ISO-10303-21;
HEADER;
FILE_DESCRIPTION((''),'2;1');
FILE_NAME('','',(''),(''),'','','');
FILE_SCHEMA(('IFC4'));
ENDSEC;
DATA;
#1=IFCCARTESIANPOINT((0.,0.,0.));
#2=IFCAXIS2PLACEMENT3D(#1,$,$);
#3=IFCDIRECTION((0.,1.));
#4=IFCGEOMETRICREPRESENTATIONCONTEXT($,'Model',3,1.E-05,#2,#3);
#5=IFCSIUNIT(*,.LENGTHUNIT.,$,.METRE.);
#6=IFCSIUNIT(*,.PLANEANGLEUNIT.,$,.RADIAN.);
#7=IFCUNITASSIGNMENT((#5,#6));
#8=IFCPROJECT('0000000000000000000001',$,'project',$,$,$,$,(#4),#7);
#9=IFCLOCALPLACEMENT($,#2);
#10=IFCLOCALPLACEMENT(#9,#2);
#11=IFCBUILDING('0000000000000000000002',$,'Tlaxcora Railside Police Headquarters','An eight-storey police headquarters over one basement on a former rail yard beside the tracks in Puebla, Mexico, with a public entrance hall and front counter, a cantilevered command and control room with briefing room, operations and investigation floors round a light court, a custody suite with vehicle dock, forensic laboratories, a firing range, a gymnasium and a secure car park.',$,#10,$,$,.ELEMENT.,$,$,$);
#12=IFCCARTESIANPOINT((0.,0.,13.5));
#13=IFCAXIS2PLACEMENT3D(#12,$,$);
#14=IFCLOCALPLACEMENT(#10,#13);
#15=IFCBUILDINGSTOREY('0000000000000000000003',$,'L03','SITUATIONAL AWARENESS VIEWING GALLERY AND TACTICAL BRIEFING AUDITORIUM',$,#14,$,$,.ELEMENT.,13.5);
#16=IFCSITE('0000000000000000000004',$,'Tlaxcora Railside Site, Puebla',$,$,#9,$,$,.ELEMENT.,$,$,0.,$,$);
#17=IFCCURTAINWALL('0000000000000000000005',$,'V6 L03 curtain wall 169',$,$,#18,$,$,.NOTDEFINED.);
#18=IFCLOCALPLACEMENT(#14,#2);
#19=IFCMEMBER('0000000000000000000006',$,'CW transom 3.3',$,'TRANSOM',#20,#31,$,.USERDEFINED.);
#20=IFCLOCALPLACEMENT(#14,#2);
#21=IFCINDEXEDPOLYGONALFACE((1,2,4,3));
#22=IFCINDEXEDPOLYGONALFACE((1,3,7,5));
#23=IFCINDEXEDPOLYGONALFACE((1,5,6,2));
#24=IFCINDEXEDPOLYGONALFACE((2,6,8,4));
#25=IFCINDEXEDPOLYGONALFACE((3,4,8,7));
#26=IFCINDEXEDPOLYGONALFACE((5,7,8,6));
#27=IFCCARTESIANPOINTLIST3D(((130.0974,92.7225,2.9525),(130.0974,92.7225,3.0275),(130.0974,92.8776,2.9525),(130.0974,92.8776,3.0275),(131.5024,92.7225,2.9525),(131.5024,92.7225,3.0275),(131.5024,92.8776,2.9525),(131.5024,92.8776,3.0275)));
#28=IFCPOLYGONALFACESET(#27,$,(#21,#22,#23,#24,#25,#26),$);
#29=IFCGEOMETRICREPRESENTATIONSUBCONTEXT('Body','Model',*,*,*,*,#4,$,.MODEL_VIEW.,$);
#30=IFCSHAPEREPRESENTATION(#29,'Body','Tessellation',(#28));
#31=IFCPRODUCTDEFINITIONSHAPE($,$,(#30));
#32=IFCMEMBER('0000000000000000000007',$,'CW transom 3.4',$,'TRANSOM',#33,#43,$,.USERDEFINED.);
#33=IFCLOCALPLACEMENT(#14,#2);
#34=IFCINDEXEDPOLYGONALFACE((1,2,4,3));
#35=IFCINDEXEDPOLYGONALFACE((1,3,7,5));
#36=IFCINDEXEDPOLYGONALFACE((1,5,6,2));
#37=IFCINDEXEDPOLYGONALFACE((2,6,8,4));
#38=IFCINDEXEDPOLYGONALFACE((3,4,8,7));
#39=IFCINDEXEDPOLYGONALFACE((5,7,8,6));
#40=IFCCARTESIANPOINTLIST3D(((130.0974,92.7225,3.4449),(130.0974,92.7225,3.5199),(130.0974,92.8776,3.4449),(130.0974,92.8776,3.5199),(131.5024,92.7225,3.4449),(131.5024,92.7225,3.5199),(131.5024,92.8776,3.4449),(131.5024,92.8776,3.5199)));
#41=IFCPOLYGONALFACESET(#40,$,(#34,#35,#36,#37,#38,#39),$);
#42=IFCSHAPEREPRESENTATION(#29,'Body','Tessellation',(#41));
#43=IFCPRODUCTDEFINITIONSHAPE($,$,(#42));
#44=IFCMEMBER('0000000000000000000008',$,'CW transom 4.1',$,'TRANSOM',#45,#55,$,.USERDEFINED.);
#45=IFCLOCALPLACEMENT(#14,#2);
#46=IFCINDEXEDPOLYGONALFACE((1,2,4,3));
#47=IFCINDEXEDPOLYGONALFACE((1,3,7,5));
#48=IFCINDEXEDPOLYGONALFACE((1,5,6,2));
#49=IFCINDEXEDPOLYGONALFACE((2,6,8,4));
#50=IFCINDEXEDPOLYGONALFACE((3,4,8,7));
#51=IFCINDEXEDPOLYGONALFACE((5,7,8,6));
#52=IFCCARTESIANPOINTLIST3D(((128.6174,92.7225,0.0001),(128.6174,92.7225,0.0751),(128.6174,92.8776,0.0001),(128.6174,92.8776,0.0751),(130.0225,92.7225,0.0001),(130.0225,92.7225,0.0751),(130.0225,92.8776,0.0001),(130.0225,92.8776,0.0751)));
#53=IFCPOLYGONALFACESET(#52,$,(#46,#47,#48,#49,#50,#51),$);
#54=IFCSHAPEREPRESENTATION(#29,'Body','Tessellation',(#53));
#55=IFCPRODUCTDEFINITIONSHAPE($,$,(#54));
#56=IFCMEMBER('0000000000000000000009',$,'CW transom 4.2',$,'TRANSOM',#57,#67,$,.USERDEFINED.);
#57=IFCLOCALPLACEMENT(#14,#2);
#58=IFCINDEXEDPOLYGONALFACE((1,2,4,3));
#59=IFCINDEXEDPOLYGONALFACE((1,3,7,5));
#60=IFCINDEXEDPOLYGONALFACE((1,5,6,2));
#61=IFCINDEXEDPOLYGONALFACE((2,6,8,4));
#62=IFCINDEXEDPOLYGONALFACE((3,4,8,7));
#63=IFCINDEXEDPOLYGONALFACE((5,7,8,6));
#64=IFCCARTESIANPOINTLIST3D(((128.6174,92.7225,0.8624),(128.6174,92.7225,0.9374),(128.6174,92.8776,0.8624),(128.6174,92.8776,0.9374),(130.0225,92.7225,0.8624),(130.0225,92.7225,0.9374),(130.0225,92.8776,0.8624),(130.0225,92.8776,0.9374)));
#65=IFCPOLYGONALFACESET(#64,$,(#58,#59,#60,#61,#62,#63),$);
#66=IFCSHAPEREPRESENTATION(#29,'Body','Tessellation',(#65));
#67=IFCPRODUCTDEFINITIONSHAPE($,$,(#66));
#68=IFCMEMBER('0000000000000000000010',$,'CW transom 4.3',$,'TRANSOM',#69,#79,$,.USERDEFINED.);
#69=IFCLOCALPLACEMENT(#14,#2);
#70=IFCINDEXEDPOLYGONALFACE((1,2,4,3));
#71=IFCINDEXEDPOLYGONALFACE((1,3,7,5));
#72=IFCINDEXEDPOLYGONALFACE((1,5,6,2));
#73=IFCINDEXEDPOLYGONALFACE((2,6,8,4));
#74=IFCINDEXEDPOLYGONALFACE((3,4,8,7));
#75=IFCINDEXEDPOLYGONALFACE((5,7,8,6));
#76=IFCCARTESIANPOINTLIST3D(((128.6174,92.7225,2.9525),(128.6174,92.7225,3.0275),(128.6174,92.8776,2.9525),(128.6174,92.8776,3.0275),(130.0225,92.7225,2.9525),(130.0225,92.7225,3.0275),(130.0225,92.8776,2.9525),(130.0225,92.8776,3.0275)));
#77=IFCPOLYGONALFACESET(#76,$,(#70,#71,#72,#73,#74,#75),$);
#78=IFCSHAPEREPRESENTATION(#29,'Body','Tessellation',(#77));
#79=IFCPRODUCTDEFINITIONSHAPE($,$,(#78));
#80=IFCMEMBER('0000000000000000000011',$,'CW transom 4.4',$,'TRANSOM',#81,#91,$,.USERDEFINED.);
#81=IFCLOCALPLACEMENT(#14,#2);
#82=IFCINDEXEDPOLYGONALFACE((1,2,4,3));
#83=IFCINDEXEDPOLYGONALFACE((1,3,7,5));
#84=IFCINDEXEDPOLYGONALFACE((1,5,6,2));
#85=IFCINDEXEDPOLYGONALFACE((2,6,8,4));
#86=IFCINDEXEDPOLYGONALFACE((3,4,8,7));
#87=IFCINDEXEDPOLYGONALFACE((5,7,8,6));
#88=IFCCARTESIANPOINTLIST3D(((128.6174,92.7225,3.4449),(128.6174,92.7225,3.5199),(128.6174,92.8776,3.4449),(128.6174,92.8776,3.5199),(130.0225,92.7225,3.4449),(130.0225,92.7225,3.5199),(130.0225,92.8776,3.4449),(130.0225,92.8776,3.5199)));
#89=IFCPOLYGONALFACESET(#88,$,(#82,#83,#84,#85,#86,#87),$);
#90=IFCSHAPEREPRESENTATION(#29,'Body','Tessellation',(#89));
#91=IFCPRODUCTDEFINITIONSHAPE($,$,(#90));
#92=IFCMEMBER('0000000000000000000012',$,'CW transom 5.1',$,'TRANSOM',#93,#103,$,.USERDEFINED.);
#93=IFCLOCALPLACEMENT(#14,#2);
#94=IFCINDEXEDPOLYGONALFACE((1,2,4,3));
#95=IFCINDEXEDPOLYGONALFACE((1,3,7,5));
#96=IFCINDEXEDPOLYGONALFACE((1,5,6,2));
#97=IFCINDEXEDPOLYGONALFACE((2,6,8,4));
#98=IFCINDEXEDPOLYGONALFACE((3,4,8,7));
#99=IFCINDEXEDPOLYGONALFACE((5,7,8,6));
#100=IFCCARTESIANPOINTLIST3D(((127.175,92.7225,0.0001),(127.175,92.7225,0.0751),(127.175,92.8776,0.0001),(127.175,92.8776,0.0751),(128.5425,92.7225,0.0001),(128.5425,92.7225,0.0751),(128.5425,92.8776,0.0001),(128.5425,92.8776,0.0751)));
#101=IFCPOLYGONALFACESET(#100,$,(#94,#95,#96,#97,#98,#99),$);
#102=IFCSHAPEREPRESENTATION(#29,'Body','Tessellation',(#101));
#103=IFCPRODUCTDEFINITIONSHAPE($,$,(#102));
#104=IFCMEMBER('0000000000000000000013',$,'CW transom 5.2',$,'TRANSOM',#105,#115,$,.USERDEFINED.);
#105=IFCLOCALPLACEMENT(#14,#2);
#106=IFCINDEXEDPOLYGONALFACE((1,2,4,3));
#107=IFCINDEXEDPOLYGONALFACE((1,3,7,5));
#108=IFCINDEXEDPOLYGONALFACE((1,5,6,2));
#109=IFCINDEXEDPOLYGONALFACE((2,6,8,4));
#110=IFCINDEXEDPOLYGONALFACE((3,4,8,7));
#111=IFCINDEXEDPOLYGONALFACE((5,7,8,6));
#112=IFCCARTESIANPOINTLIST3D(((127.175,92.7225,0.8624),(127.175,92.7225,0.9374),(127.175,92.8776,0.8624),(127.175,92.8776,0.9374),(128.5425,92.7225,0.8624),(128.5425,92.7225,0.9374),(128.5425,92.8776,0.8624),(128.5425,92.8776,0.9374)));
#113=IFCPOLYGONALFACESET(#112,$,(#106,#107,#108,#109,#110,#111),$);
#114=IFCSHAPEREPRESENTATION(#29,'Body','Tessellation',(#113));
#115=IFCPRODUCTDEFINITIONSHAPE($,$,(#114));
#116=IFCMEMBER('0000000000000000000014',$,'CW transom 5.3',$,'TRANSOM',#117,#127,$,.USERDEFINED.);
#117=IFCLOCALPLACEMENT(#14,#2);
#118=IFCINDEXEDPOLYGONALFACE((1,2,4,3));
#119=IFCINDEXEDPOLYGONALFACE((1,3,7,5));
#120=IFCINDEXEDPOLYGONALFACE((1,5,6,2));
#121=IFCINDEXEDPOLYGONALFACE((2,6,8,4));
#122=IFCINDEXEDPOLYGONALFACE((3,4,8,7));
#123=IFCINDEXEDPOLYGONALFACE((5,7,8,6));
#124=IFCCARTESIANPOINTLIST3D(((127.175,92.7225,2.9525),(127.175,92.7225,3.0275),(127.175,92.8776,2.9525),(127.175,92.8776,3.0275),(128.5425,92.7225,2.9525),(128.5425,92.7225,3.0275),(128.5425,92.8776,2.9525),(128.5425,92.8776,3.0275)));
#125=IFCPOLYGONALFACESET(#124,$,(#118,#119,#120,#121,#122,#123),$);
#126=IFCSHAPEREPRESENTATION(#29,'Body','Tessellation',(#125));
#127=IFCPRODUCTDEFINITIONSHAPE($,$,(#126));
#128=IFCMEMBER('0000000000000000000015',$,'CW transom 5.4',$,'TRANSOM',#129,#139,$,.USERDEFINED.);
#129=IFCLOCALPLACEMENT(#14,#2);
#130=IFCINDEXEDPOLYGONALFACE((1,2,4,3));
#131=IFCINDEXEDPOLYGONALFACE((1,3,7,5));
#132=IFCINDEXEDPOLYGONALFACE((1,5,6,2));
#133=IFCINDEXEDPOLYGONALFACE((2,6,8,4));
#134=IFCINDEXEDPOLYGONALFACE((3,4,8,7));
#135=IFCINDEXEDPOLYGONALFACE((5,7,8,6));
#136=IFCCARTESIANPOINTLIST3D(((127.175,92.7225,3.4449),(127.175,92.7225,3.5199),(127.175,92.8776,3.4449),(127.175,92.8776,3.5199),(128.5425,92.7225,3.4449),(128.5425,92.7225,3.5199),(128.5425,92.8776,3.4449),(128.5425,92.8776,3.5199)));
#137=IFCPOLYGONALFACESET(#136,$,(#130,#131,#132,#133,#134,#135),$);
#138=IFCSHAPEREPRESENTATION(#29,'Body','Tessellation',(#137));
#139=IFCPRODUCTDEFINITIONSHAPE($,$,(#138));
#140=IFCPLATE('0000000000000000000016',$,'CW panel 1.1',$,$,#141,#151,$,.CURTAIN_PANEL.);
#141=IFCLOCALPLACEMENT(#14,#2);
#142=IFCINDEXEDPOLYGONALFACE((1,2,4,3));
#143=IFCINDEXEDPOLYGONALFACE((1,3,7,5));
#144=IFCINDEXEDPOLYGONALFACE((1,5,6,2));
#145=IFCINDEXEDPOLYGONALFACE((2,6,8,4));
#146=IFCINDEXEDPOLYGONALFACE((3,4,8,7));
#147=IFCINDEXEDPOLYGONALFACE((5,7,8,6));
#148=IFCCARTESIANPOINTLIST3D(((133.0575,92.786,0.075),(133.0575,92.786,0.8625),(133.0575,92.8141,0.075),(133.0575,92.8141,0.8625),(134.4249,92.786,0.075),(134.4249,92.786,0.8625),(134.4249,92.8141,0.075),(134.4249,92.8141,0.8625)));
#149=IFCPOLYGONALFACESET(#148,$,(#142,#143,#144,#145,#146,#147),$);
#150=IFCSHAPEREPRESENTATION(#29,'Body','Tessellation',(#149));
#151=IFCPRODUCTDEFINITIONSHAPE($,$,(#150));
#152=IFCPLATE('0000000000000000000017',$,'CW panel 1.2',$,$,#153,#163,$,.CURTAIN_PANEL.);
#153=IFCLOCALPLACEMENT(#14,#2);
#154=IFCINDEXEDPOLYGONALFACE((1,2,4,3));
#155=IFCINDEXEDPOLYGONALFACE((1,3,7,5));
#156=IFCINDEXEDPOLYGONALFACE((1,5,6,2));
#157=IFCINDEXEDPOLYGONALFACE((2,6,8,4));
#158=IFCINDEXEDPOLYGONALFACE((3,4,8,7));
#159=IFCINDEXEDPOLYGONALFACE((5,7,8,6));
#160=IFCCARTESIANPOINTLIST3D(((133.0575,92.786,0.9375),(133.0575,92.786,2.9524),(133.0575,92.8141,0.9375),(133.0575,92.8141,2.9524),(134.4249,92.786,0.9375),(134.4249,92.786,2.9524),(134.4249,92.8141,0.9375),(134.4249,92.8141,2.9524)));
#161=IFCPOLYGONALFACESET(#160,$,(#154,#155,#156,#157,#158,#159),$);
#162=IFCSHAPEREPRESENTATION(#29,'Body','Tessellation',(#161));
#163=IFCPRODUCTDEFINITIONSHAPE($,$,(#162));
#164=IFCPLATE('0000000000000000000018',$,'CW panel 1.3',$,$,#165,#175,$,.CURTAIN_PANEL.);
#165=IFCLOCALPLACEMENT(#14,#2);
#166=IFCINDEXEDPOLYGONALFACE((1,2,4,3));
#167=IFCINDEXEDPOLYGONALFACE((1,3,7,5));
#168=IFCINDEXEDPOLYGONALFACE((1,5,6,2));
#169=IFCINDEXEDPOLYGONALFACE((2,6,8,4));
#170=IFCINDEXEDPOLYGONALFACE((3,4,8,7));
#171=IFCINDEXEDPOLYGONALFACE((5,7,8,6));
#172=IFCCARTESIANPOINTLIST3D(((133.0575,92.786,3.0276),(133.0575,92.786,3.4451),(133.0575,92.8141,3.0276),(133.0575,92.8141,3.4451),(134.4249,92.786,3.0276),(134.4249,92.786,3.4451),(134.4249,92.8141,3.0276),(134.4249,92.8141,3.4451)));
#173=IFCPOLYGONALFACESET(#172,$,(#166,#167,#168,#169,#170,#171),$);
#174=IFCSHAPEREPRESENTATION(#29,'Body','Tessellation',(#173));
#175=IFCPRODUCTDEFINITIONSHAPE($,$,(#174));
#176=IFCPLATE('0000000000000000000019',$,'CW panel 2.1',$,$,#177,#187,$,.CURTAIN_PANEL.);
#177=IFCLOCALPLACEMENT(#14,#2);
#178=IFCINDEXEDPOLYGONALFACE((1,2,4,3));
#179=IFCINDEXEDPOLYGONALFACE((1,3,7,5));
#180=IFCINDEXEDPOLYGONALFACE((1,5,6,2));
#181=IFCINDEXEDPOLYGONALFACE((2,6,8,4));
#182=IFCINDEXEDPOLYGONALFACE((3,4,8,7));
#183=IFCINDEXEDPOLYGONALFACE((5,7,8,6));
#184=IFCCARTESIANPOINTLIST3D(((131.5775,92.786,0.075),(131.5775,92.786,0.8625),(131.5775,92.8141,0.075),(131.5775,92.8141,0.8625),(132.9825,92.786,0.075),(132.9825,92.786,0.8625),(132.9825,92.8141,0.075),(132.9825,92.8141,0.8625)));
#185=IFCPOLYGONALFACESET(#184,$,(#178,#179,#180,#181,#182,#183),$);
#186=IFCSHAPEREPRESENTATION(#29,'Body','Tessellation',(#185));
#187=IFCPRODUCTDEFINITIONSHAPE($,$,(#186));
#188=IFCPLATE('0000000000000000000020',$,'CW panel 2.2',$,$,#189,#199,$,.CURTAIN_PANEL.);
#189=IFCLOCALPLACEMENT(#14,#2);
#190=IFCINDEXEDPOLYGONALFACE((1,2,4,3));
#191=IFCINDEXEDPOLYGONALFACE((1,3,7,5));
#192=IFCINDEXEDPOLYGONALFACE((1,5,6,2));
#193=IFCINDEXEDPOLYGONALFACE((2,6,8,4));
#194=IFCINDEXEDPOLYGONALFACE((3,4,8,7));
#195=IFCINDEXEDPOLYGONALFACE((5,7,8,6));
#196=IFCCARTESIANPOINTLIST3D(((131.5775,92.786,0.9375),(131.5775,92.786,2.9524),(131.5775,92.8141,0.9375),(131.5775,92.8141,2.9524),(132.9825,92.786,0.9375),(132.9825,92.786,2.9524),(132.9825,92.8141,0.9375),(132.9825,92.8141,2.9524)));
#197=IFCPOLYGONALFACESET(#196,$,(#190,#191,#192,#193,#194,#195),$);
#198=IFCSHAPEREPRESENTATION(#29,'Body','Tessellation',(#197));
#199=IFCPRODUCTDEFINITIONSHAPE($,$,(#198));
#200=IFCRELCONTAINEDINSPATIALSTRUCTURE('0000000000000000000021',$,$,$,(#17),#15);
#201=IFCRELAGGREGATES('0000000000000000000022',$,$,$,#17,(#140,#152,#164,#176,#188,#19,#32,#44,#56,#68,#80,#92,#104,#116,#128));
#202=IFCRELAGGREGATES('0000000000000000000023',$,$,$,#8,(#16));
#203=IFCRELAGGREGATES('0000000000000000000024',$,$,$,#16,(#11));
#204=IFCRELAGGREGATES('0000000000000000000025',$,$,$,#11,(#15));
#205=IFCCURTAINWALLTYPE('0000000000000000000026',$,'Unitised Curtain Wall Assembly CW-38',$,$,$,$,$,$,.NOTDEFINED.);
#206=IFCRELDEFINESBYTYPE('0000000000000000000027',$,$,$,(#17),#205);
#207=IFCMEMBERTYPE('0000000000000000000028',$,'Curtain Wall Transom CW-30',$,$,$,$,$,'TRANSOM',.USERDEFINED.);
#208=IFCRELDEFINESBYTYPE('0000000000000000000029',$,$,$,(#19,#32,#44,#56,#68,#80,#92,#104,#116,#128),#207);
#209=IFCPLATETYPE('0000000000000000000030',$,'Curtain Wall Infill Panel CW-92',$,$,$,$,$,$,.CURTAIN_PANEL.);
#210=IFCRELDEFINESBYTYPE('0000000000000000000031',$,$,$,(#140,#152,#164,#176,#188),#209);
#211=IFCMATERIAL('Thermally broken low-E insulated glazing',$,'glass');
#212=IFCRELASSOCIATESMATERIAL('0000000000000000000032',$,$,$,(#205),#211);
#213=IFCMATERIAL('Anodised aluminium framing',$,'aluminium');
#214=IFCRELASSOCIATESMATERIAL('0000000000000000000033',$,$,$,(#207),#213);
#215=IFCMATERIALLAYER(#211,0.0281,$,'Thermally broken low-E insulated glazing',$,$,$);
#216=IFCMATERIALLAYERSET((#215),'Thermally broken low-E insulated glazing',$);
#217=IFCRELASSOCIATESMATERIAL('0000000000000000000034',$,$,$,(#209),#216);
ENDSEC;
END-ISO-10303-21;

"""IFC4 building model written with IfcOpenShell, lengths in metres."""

from ifc_helpers import new_model, si_unit, direction, frame, origin, origin_2d, place, context, subcontext, project, spatial, rectangle, extrude, material, layer, layer_set, material_profile, profile_set, type_object, element, aggregate, save


model = new_model("IFC4")

# Units and contexts
model_context = context("Model", 3, precision=1e-05, world=origin(), true_north=direction((0.0, 1.0)))
body_context = subcontext(model_context, "Body", "Model", "MODEL_VIEW")
ifc_project = project(units=[si_unit("LENGTHUNIT", "METRE"), si_unit("PLANEANGLEUNIT", "RADIAN")], contexts=[model_context])

# Site, building, storey
site_placement = place(None, origin())
site = spatial("IfcSite", under=ifc_project, at=site_placement, Name="Tlaxcora Railside Site, Puebla", CompositionType="ELEMENT", RefElevation=0.0)
building_placement = place(site_placement, origin())
building = spatial("IfcBuilding", under=site, at=building_placement, Name="Tlaxcora Railside Police Headquarters", Description="An eight-storey police headquarters over one basement on a former rail yard beside the tracks in Puebla, Mexico, with a public entrance hall and front counter, a cantilevered command and control room with briefing room, operations and investigation floors round a light court, a custody suite with vehicle dock, forensic laboratories, a firing range, a gymnasium and a secure car park.", CompositionType="ELEMENT")
storey_placement = place(building_placement, frame((0.0, 0.0, 13.5)))
storey = spatial("IfcBuildingStorey", under=building, at=storey_placement, Name="L03", Description="SITUATIONAL AWARENESS VIEWING GALLERY AND TACTICAL BRIEFING AUDITORIUM", CompositionType="ELEMENT", Elevation=13.5)

# Curtain wall, members, plates
ifc_material_1 = material(Name="Thermally broken low-E insulated glazing", Category="glass")
curtain_wall_type = type_object("IfcCurtainWallType", Name="Unitised Curtain Wall Assembly CW-38", PredefinedType="NOTDEFINED", material=ifc_material_1)
curtain_wall_placement = place(storey_placement, origin())
curtain_wall = element("IfcCurtainWall", 1, at=curtain_wall_placement, inside=storey, type_object=curtain_wall_type, Name="V6 L03 curtain wall 169", PredefinedType="NOTDEFINED")
ifc_material_2 = material(Name="Anodised aluminium framing", Category="aluminium")
ifc_material_profile_1 = material_profile(ifc_material_2, rectangle(XDim=0.155, YDim=0.075, at=origin_2d()), Name="AL75X155")
ifc_profile_set_1 = profile_set([ifc_material_profile_1], Name="Anodised aluminium framing")
member_type_1 = type_object("IfcMemberType", Name="Curtain Wall Transom CW-30", ElementType="TRANSOM", PredefinedType="USERDEFINED", material=ifc_profile_set_1)
member_1_placement = place(storey_placement, frame((131.5024, 92.8, 2.99), z_axis=(-1.0, 0.0, 0.0), x_axis=(0.0, -1.0, 0.0)))
member_1 = element("IfcMember", 2, at=member_1_placement, type_object=member_type_1, Name="CW transom 3.3", ObjectType="TRANSOM", PredefinedType="USERDEFINED", context=body_context, shape_type="SweptSolid", body=[
    extrude(rectangle(XDim=0.155, YDim=0.075, at=origin_2d()), origin(), (0.0, 0.0, 1.0), 1.405),
])
member_2_placement = place(storey_placement, frame((131.5024, 92.8, 3.4824), z_axis=(-1.0, 0.0, 0.0), x_axis=(0.0, -1.0, 0.0)))
member_2 = element("IfcMember", 3, at=member_2_placement, type_object=member_type_1, Name="CW transom 3.4", ObjectType="TRANSOM", PredefinedType="USERDEFINED", context=body_context, shape_type="SweptSolid", body=[
    extrude(rectangle(XDim=0.155, YDim=0.075, at=origin_2d()), origin(), (0.0, 0.0, 1.0), 1.405),
])
member_3_placement = place(storey_placement, frame((130.0225, 92.8, 0.0376), z_axis=(-1.0, 0.0, 0.0), x_axis=(0.0, -1.0, 0.0)))
member_3 = element("IfcMember", 4, at=member_3_placement, type_object=member_type_1, Name="CW transom 4.1", ObjectType="TRANSOM", PredefinedType="USERDEFINED", context=body_context, shape_type="SweptSolid", body=[
    extrude(rectangle(XDim=0.155, YDim=0.075, at=origin_2d()), origin(), (0.0, 0.0, 1.0), 1.405),
])
member_4_placement = place(storey_placement, frame((130.0225, 92.8, 0.8999), z_axis=(-1.0, 0.0, 0.0), x_axis=(0.0, -1.0, 0.0)))
member_4 = element("IfcMember", 5, at=member_4_placement, type_object=member_type_1, Name="CW transom 4.2", ObjectType="TRANSOM", PredefinedType="USERDEFINED", context=body_context, shape_type="SweptSolid", body=[
    extrude(rectangle(XDim=0.155, YDim=0.075, at=origin_2d()), origin(), (0.0, 0.0, 1.0), 1.405),
])
member_5_placement = place(storey_placement, frame((130.0225, 92.8, 2.99), z_axis=(-1.0, 0.0, 0.0), x_axis=(0.0, -1.0, 0.0)))
member_5 = element("IfcMember", 6, at=member_5_placement, type_object=member_type_1, Name="CW transom 4.3", ObjectType="TRANSOM", PredefinedType="USERDEFINED", context=body_context, shape_type="SweptSolid", body=[
    extrude(rectangle(XDim=0.155, YDim=0.075, at=origin_2d()), origin(), (0.0, 0.0, 1.0), 1.405),
])
member_6_placement = place(storey_placement, frame((130.0225, 92.8, 3.4824), z_axis=(-1.0, 0.0, 0.0), x_axis=(0.0, -1.0, 0.0)))
member_6 = element("IfcMember", 7, at=member_6_placement, type_object=member_type_1, Name="CW transom 4.4", ObjectType="TRANSOM", PredefinedType="USERDEFINED", context=body_context, shape_type="SweptSolid", body=[
    extrude(rectangle(XDim=0.155, YDim=0.075, at=origin_2d()), origin(), (0.0, 0.0, 1.0), 1.405),
])
member_7_placement = place(storey_placement, frame((128.5425, 92.8, 0.0376), z_axis=(-1.0, 0.0, 0.0), x_axis=(0.0, -1.0, 0.0)))
member_7 = element("IfcMember", 8, at=member_7_placement, type_object=member_type_1, Name="CW transom 5.1", ObjectType="TRANSOM", PredefinedType="USERDEFINED", context=body_context, shape_type="SweptSolid", body=[
    extrude(rectangle(XDim=0.155, YDim=0.075, at=origin_2d()), origin(), (0.0, 0.0, 1.0), 1.3674),
])
member_8_placement = place(storey_placement, frame((128.5425, 92.8, 0.8999), z_axis=(-1.0, 0.0, 0.0), x_axis=(0.0, -1.0, 0.0)))
member_8 = element("IfcMember", 9, at=member_8_placement, type_object=member_type_1, Name="CW transom 5.2", ObjectType="TRANSOM", PredefinedType="USERDEFINED", context=body_context, shape_type="SweptSolid", body=[
    extrude(rectangle(XDim=0.155, YDim=0.075, at=origin_2d()), origin(), (0.0, 0.0, 1.0), 1.3674),
])
member_9_placement = place(storey_placement, frame((128.5425, 92.8, 2.99), z_axis=(-1.0, 0.0, 0.0), x_axis=(0.0, -1.0, 0.0)))
member_9 = element("IfcMember", 10, at=member_9_placement, type_object=member_type_1, Name="CW transom 5.3", ObjectType="TRANSOM", PredefinedType="USERDEFINED", context=body_context, shape_type="SweptSolid", body=[
    extrude(rectangle(XDim=0.155, YDim=0.075, at=origin_2d()), origin(), (0.0, 0.0, 1.0), 1.3674),
])
member_10_placement = place(storey_placement, frame((128.5425, 92.8, 3.4824), z_axis=(-1.0, 0.0, 0.0), x_axis=(0.0, -1.0, 0.0)))
member_10 = element("IfcMember", 11, at=member_10_placement, type_object=member_type_1, Name="CW transom 5.4", ObjectType="TRANSOM", PredefinedType="USERDEFINED", context=body_context, shape_type="SweptSolid", body=[
    extrude(rectangle(XDim=0.155, YDim=0.075, at=origin_2d()), origin(), (0.0, 0.0, 1.0), 1.3674),
])
ifc_layer = layer(ifc_material_1, 0.0281, Name="Thermally broken low-E insulated glazing")
ifc_layer_set = layer_set([ifc_layer], Name="Thermally broken low-E insulated glazing")
plate_type = type_object("IfcPlateType", Name="Curtain Wall Infill Panel CW-92", PredefinedType="CURTAIN_PANEL", material=ifc_layer_set)
plate_1_placement = place(storey_placement, frame((133.7412, 92.8, 0.075), z_axis=(0.0, 0.0, 1.0), x_axis=(-1.0, 0.0, 0.0)))
plate_1 = element("IfcPlate", 12, at=plate_1_placement, type_object=plate_type, Name="CW panel 1.1", PredefinedType="CURTAIN_PANEL", context=body_context, shape_type="SweptSolid", body=[
    extrude(rectangle(XDim=1.3674, YDim=0.0281, at=origin_2d()), origin(), (0.0, 0.0, 1.0), 0.7876),
])
plate_2_placement = place(storey_placement, frame((133.7412, 92.8, 0.9375), z_axis=(0.0, 0.0, 1.0), x_axis=(-1.0, 0.0, 0.0)))
plate_2 = element("IfcPlate", 13, at=plate_2_placement, type_object=plate_type, Name="CW panel 1.2", PredefinedType="CURTAIN_PANEL", context=body_context, shape_type="SweptSolid", body=[
    extrude(rectangle(XDim=1.3674, YDim=0.0281, at=origin_2d()), origin(), (0.0, 0.0, 1.0), 2.0149),
])
plate_3_placement = place(storey_placement, frame((133.7412, 92.8, 3.0276), z_axis=(0.0, 0.0, 1.0), x_axis=(-1.0, 0.0, 0.0)))
plate_3 = element("IfcPlate", 14, at=plate_3_placement, type_object=plate_type, Name="CW panel 1.3", PredefinedType="CURTAIN_PANEL", context=body_context, shape_type="SweptSolid", body=[
    extrude(rectangle(XDim=1.3674, YDim=0.0281, at=origin_2d()), origin(), (0.0, 0.0, 1.0), 0.4175),
])
plate_4_placement = place(storey_placement, frame((132.28, 92.8, 0.075), z_axis=(0.0, 0.0, 1.0), x_axis=(-1.0, 0.0, 0.0)))
plate_4 = element("IfcPlate", 15, at=plate_4_placement, type_object=plate_type, Name="CW panel 2.1", PredefinedType="CURTAIN_PANEL", context=body_context, shape_type="SweptSolid", body=[
    extrude(rectangle(XDim=1.405, YDim=0.0281, at=origin_2d()), origin(), (0.0, 0.0, 1.0), 0.7876),
])
plate_5_placement = place(storey_placement, frame((132.28, 92.8, 0.9375), z_axis=(0.0, 0.0, 1.0), x_axis=(-1.0, 0.0, 0.0)))
plate_5 = element("IfcPlate", 16, at=plate_5_placement, type_object=plate_type, Name="CW panel 2.2", PredefinedType="CURTAIN_PANEL", context=body_context, shape_type="SweptSolid", body=[
    extrude(rectangle(XDim=1.405, YDim=0.0281, at=origin_2d()), origin(), (0.0, 0.0, 1.0), 2.0149),
])
aggregate(curtain_wall, [plate_1, plate_2, plate_3, plate_4, plate_5, member_1, member_2, member_3, member_4, member_5, member_6, member_7, member_8, member_9, member_10])

save(model, "model.ifc")
